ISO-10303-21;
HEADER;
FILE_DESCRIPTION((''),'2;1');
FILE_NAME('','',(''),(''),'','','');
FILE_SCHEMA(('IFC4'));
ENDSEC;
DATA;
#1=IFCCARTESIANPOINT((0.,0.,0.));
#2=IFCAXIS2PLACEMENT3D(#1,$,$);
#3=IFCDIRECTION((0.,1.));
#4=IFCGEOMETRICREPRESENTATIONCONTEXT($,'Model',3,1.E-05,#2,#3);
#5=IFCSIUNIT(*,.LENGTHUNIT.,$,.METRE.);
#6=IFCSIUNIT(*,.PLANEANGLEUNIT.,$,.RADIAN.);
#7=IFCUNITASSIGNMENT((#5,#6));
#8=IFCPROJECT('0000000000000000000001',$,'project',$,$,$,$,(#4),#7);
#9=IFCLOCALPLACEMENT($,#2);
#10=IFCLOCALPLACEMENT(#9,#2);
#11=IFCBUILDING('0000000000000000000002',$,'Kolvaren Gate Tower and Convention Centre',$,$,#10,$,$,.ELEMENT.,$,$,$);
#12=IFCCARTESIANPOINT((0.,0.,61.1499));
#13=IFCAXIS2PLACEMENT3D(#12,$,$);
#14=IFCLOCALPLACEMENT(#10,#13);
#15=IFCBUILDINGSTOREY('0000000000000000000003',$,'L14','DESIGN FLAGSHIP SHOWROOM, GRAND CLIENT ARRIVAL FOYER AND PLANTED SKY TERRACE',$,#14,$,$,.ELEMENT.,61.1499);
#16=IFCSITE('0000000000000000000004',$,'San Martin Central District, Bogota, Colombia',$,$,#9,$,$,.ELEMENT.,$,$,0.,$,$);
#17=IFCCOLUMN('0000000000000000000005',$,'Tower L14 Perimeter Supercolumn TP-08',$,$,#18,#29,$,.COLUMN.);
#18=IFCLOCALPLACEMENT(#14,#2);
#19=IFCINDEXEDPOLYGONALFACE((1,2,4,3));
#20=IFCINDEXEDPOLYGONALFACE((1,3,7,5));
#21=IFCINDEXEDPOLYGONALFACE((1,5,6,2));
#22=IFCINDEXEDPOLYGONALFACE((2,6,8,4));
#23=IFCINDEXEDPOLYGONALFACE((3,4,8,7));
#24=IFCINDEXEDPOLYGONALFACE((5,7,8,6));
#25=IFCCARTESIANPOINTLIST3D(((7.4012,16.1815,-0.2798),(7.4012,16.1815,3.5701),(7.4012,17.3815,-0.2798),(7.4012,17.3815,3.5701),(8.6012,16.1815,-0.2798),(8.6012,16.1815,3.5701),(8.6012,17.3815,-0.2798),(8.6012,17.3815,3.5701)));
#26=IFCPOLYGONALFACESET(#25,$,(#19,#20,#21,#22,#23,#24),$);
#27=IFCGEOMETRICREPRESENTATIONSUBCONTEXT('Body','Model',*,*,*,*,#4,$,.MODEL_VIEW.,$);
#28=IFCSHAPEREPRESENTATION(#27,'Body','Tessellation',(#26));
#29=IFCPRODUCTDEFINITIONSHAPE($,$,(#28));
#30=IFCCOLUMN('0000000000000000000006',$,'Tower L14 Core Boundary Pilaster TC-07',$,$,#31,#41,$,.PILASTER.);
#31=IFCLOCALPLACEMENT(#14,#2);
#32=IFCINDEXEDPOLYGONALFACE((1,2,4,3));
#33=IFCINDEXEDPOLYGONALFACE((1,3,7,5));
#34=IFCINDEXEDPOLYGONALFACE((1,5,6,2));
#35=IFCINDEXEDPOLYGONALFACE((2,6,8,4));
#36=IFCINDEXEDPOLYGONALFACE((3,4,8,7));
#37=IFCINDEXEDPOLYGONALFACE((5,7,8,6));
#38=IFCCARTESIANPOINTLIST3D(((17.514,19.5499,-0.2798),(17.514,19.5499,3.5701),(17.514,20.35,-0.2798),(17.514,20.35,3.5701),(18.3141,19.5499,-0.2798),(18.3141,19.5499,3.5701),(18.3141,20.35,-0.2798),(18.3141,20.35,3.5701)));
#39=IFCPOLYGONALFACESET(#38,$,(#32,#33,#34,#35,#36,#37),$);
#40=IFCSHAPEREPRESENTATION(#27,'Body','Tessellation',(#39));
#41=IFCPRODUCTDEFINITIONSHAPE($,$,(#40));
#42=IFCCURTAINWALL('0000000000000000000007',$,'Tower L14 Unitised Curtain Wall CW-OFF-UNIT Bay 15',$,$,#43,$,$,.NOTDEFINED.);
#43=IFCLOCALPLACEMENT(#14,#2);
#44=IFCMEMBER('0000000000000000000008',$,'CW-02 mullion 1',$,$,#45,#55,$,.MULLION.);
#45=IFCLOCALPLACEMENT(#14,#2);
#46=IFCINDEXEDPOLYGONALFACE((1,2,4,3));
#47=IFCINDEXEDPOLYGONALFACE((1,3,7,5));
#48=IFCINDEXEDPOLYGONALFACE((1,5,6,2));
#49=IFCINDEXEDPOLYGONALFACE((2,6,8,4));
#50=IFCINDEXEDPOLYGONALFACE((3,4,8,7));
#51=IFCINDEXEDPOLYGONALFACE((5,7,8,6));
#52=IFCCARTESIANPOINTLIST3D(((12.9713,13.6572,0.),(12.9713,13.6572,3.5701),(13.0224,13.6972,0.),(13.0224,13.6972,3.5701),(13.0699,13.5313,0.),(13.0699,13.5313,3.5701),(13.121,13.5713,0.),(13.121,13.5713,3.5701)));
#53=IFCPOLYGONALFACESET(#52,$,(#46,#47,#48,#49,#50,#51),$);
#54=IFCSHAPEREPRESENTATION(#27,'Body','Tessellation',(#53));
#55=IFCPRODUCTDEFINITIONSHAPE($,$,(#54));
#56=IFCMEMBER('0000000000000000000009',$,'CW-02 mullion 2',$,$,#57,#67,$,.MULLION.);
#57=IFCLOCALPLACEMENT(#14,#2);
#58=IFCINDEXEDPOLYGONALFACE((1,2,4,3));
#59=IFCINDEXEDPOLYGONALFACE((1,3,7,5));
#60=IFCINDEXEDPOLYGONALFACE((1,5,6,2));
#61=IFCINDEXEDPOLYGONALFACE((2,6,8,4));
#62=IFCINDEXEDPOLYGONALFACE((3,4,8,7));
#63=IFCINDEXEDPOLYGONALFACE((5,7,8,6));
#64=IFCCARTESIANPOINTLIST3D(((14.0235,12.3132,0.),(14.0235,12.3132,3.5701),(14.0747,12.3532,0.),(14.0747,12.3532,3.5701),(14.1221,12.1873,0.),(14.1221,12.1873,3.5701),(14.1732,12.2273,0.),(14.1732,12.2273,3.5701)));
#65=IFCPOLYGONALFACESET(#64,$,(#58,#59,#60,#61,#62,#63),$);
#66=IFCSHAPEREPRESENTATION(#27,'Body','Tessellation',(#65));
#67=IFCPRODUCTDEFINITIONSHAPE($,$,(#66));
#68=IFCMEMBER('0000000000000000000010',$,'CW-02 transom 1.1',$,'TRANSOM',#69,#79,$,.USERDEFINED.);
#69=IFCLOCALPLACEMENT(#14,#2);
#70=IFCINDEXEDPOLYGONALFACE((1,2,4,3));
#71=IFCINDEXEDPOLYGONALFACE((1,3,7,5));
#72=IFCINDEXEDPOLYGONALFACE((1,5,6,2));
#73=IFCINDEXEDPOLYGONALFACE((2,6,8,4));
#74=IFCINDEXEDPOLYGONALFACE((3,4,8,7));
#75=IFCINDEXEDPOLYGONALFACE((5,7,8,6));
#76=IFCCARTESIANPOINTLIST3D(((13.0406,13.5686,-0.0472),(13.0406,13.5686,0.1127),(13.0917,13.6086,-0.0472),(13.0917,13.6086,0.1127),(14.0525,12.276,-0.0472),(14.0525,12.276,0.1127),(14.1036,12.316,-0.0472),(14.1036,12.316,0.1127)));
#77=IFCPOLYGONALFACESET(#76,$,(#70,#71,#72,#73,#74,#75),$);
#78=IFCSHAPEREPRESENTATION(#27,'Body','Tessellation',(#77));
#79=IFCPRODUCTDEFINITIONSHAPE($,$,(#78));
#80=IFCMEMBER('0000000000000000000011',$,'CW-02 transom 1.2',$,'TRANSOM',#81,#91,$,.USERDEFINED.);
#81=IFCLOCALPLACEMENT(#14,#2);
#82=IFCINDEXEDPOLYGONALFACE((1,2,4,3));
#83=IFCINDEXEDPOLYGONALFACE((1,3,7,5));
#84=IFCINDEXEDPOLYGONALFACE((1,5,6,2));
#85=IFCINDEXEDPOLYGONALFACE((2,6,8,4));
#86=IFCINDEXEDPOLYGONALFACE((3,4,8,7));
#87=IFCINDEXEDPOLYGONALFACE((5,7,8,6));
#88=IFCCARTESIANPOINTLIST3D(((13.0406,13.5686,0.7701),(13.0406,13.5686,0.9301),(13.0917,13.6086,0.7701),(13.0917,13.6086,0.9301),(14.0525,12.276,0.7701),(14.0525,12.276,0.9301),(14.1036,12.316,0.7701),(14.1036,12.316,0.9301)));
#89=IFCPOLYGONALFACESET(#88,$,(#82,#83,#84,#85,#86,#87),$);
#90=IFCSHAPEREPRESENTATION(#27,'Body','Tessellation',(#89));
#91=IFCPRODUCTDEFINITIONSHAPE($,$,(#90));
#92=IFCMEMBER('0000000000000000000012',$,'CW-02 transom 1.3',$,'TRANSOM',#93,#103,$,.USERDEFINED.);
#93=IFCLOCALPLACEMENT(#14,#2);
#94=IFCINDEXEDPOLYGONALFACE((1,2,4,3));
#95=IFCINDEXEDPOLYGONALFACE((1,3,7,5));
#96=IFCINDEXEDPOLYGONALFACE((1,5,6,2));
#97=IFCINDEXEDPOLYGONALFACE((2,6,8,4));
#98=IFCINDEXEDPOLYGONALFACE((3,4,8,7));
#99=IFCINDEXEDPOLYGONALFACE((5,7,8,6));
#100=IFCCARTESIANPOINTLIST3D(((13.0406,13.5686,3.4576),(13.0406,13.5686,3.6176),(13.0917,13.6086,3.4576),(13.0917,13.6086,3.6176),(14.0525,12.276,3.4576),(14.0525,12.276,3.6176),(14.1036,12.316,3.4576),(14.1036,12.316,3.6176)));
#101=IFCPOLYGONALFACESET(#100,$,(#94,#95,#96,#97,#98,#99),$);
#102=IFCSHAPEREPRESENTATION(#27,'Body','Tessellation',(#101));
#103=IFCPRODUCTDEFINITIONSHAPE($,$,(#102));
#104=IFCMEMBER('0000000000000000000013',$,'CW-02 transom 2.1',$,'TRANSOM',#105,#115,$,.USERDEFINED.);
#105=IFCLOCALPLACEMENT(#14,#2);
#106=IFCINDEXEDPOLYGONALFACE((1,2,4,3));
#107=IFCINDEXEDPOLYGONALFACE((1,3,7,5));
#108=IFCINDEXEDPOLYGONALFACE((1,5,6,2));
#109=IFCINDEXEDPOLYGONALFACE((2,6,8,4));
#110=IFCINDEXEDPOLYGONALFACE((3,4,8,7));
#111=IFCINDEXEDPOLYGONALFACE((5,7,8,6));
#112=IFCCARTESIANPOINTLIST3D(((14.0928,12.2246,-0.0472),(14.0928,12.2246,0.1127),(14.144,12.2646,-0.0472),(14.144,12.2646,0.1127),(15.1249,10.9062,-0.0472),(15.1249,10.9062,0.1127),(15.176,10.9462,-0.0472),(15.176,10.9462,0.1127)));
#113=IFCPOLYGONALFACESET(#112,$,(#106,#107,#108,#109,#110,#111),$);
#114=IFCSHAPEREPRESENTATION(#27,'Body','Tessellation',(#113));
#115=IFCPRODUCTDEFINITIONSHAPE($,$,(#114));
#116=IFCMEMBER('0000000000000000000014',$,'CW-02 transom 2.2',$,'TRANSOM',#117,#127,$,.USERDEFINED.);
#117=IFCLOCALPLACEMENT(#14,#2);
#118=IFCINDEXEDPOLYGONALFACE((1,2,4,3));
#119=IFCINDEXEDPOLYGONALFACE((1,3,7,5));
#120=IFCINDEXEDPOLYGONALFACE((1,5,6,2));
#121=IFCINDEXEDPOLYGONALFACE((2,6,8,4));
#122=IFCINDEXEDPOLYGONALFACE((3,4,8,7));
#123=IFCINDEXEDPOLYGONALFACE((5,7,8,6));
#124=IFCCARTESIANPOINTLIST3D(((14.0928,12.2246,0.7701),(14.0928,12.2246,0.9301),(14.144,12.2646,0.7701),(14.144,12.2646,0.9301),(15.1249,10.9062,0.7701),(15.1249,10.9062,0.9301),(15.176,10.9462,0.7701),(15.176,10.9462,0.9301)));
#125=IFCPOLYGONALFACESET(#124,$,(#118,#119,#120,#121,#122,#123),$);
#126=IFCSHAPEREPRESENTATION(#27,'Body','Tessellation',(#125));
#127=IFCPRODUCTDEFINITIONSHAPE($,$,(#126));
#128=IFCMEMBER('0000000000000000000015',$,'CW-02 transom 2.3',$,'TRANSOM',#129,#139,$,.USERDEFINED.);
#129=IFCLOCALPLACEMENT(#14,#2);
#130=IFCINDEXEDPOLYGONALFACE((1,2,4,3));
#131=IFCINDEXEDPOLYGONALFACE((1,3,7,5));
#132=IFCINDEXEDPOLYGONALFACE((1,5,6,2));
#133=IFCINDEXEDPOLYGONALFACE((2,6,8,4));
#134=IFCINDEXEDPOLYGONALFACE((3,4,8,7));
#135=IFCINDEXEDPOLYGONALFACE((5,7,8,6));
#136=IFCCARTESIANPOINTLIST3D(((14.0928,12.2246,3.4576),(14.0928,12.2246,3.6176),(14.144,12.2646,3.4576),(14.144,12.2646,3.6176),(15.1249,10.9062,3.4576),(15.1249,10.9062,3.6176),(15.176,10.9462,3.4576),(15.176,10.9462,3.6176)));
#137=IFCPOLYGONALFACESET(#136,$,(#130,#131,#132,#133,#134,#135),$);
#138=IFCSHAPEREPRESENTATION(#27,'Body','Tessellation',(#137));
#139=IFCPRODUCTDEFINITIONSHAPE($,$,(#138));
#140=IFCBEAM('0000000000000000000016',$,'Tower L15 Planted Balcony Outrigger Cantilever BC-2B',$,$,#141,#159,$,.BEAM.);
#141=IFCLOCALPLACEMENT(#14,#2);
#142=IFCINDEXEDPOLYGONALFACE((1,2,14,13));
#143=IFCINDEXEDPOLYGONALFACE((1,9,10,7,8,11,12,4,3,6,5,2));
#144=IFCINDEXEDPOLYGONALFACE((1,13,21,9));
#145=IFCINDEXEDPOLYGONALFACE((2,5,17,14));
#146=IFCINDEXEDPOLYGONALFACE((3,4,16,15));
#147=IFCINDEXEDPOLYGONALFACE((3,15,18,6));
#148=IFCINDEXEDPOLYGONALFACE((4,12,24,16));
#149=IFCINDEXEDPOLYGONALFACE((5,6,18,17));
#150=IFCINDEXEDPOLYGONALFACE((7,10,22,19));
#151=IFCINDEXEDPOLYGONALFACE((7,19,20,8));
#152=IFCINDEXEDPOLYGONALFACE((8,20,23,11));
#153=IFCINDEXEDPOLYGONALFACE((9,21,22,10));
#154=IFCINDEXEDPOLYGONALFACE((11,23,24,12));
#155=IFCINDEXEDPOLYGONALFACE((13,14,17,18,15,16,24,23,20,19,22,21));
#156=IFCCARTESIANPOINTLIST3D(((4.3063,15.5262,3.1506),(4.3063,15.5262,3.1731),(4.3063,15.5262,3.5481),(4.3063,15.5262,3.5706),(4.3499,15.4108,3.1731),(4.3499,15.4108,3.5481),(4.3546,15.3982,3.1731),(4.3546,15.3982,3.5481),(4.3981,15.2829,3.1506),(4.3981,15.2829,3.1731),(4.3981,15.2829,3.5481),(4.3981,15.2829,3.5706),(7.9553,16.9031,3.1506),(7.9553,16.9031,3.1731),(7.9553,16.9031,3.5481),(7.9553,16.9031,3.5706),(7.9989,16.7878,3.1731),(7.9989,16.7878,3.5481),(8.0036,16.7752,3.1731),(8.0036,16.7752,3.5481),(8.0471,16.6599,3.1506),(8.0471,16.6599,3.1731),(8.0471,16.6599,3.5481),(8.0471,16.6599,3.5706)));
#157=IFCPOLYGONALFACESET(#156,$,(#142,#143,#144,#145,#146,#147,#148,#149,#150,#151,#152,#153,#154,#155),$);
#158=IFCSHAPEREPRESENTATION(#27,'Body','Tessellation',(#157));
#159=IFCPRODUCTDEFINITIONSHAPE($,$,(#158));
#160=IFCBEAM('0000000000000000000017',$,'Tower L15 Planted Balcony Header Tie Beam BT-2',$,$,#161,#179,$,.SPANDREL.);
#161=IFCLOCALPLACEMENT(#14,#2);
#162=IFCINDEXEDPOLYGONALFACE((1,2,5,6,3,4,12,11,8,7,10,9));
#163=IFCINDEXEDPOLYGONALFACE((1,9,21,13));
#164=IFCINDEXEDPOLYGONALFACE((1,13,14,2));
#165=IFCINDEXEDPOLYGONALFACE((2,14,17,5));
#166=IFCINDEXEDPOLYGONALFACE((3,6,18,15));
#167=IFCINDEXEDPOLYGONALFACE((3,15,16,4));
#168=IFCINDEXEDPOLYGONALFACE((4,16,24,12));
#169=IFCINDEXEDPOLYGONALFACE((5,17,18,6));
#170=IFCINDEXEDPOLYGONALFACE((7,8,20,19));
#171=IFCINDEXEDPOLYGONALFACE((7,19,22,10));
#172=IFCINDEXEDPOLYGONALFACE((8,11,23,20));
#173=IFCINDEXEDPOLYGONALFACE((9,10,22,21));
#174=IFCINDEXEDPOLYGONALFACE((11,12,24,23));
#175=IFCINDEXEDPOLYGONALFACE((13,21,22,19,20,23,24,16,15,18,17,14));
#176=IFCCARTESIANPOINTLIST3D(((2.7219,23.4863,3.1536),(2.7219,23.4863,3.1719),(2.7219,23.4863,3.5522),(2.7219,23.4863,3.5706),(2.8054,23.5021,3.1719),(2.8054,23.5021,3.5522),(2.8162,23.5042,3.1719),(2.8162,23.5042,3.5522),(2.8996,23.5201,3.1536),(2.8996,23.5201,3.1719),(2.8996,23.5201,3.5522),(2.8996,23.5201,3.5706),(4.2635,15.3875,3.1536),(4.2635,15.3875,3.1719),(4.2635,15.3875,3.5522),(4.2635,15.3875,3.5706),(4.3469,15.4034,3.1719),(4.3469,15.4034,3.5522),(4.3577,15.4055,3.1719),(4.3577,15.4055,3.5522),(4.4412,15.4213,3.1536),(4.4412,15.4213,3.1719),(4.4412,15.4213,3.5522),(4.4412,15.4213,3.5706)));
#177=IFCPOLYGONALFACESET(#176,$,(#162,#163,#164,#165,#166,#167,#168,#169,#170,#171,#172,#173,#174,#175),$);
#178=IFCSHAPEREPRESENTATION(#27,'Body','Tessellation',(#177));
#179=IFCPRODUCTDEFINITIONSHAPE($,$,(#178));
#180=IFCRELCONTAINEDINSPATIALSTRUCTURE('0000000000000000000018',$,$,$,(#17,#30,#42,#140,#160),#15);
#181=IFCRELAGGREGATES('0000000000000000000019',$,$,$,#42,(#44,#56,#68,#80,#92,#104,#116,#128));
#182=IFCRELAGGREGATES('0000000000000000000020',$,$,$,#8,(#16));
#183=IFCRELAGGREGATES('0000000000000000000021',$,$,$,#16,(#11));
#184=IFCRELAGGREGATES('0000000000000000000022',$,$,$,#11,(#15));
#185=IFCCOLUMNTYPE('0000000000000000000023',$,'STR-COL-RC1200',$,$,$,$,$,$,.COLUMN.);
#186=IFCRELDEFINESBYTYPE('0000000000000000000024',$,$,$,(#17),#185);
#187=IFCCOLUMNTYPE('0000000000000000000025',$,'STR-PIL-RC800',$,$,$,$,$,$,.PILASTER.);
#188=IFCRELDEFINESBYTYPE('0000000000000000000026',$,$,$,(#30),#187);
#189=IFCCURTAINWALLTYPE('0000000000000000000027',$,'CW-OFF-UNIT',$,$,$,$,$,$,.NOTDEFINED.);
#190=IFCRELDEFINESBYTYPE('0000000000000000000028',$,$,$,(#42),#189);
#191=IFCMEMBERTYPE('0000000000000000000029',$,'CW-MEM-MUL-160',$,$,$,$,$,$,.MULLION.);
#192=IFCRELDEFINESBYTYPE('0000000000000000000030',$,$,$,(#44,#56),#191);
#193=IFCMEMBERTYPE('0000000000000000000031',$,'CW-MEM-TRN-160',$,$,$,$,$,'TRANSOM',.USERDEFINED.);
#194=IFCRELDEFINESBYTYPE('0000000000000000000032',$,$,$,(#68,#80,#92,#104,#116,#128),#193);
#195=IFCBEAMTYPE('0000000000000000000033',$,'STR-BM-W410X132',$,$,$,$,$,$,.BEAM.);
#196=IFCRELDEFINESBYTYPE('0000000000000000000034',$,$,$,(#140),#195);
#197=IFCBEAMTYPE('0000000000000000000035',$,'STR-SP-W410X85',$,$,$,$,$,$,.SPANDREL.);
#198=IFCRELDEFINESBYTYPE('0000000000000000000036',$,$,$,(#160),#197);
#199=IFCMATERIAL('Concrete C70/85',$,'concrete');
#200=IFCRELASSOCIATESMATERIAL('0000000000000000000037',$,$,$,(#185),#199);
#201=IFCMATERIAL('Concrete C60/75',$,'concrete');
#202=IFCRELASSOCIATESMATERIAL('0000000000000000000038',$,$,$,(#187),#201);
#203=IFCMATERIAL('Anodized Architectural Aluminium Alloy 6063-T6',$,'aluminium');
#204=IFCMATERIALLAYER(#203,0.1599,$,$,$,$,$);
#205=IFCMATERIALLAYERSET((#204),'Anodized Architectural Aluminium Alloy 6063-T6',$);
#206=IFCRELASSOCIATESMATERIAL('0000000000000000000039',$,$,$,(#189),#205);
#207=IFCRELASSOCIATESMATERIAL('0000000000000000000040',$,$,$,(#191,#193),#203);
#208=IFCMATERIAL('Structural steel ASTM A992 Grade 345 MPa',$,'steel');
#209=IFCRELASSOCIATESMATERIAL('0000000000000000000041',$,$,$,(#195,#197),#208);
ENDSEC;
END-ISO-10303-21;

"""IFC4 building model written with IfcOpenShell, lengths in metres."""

from ifc_helpers import new_model, si_unit, direction, frame, origin, origin_2d, place, context, subcontext, project, spatial, rectangle, i_section, extrude, material, layer, layer_set, material_profile, profile_set, type_object, element, aggregate, save


model = new_model("IFC4")

# Units and contexts
model_context = context("Model", 3, precision=1e-05, world=origin(), true_north=direction((0.0, 1.0)))
body_context = subcontext(model_context, "Body", "Model", "MODEL_VIEW")
ifc_project = project(units=[si_unit("LENGTHUNIT", "METRE"), si_unit("PLANEANGLEUNIT", "RADIAN")], contexts=[model_context])

# Site, building, storey
site_placement = place(None, origin())
site = spatial("IfcSite", under=ifc_project, at=site_placement, Name="San Martin Central District, Bogota, Colombia", CompositionType="ELEMENT", RefElevation=0.0)
building_placement = place(site_placement, origin())
building = spatial("IfcBuilding", under=site, at=building_placement, Name="Kolvaren Gate Tower and Convention Centre", CompositionType="ELEMENT")
storey_placement = place(building_placement, frame((0.0, 0.0, 61.1499)))
storey = spatial("IfcBuildingStorey", under=building, at=storey_placement, Name="L14", Description="DESIGN FLAGSHIP SHOWROOM, GRAND CLIENT ARRIVAL FOYER AND PLANTED SKY TERRACE", CompositionType="ELEMENT", Elevation=61.1499)

# Columns
ifc_material_1 = material(Name="Concrete C70/85", Category="concrete")
ifc_material_profile_1 = material_profile(ifc_material_1, rectangle(XDim=1.2, YDim=1.2, at=origin_2d()), Name="RC-COL-1200X1200")
ifc_profile_set_1 = profile_set([ifc_material_profile_1], Name="Concrete C70/85")
column_type_1 = type_object("IfcColumnType", Name="STR-COL-RC1200", PredefinedType="COLUMN", material=ifc_profile_set_1)
column_1_placement = place(storey_placement, frame((8.0012, 16.7815, -0.2798), z_axis=(0.0, 0.0, 1.0), x_axis=(1.0, 0.0, 0.0)))
element("IfcColumn", 1, at=column_1_placement, inside=storey, type_object=column_type_1, Name="Tower L14 Perimeter Supercolumn TP-08", PredefinedType="COLUMN", context=body_context, shape_type="SweptSolid", body=[
    extrude(rectangle(XDim=1.2, YDim=1.2, at=origin_2d()), origin(), (0.0, 0.0, 1.0), 3.8499),
])
ifc_material_2 = material(Name="Concrete C60/75", Category="concrete")
ifc_material_profile_2 = material_profile(ifc_material_2, rectangle(XDim=0.8, YDim=0.8, at=origin_2d()), Name="RC-COL-800X800")
ifc_profile_set_2 = profile_set([ifc_material_profile_2], Name="Concrete C60/75")
column_type_2 = type_object("IfcColumnType", Name="STR-PIL-RC800", PredefinedType="PILASTER", material=ifc_profile_set_2)
column_2_placement = place(storey_placement, frame((17.9141, 19.95, -0.2798), z_axis=(0.0, 0.0, 1.0), x_axis=(1.0, 0.0, 0.0)))
element("IfcColumn", 2, at=column_2_placement, inside=storey, type_object=column_type_2, Name="Tower L14 Core Boundary Pilaster TC-07", PredefinedType="PILASTER", context=body_context, shape_type="SweptSolid", body=[
    extrude(rectangle(XDim=0.8, YDim=0.8, at=origin_2d()), origin(), (0.0, 0.0, 1.0), 3.8499),
])

# Curtain wall, members
ifc_material_3 = material(Name="Anodized Architectural Aluminium Alloy 6063-T6", Category="aluminium")
ifc_layer_1 = layer(ifc_material_3, 0.1599)
ifc_layer_set_1 = layer_set([ifc_layer_1], Name="Anodized Architectural Aluminium Alloy 6063-T6")
curtain_wall_type = type_object("IfcCurtainWallType", Name="CW-OFF-UNIT", PredefinedType="NOTDEFINED", material=ifc_layer_set_1)
curtain_wall_placement = place(storey_placement, origin())
curtain_wall = element("IfcCurtainWall", 3, at=curtain_wall_placement, inside=storey, type_object=curtain_wall_type, Name="Tower L14 Unitised Curtain Wall CW-OFF-UNIT Bay 15", PredefinedType="NOTDEFINED")
ifc_material_profile_3 = material_profile(ifc_material_3, rectangle(XDim=0.0649, YDim=0.1599, at=origin_2d()), Name="CW-MEM-MUL-160")
ifc_profile_set_3 = profile_set([ifc_material_profile_3], Name="Anodized Architectural Aluminium Alloy 6063-T6")
member_type_1 = type_object("IfcMemberType", Name="CW-MEM-MUL-160", PredefinedType="MULLION", material=ifc_profile_set_3)
member_1_placement = place(storey_placement, frame((13.0461, 13.6143, 0.0), z_axis=(0.0, 0.0, 1.0), x_axis=(0.787412, 0.616427, 0.0)))
member_1 = element("IfcMember", 4, at=member_1_placement, type_object=member_type_1, Name="CW-02 mullion 1", PredefinedType="MULLION", context=body_context, shape_type="SweptSolid", body=[
    extrude(rectangle(XDim=0.0649, YDim=0.1599, at=origin_2d()), origin(), (0.0, 0.0, 1.0), 3.5701),
])
member_2_placement = place(storey_placement, frame((14.0984, 12.2703, 0.0), z_axis=(0.0, 0.0, 1.0), x_axis=(0.787412, 0.616427, 0.0)))
member_2 = element("IfcMember", 5, at=member_2_placement, type_object=member_type_1, Name="CW-02 mullion 2", PredefinedType="MULLION", context=body_context, shape_type="SweptSolid", body=[
    extrude(rectangle(XDim=0.0649, YDim=0.1599, at=origin_2d()), origin(), (0.0, 0.0, 1.0), 3.5701),
])
ifc_material_profile_4 = material_profile(ifc_material_3, rectangle(XDim=0.0649, YDim=0.1599, at=origin_2d()), Name="CW-MEM-TRN-160")
ifc_profile_set_4 = profile_set([ifc_material_profile_4], Name="Anodized Architectural Aluminium Alloy 6063-T6")
member_type_2 = type_object("IfcMemberType", Name="CW-MEM-TRN-160", ElementType="TRANSOM", PredefinedType="USERDEFINED", material=ifc_profile_set_4)
member_3_placement = place(storey_placement, frame((13.0662, 13.5886, 0.0327), z_axis=(0.616409, -0.787427, 0.0), x_axis=(0.787427, 0.616409, 0.0)))
member_3 = element("IfcMember", 6, at=member_3_placement, type_object=member_type_2, Name="CW-02 transom 1.1", ObjectType="TRANSOM", PredefinedType="USERDEFINED", context=body_context, shape_type="SweptSolid", body=[
    extrude(rectangle(XDim=0.0649, YDim=0.1599, at=origin_2d()), origin(), (0.0, 0.0, 1.0), 1.6416),
])
member_4_placement = place(storey_placement, frame((13.0662, 13.5886, 0.8501), z_axis=(0.616409, -0.787427, 0.0), x_axis=(0.787427, 0.616409, 0.0)))
member_4 = element("IfcMember", 7, at=member_4_placement, type_object=member_type_2, Name="CW-02 transom 1.2", ObjectType="TRANSOM", PredefinedType="USERDEFINED", context=body_context, shape_type="SweptSolid", body=[
    extrude(rectangle(XDim=0.0649, YDim=0.1599, at=origin_2d()), origin(), (0.0, 0.0, 1.0), 1.6416),
])
member_5_placement = place(storey_placement, frame((13.0662, 13.5886, 3.5376), z_axis=(0.616409, -0.787427, 0.0), x_axis=(0.787427, 0.616409, 0.0)))
member_5 = element("IfcMember", 8, at=member_5_placement, type_object=member_type_2, Name="CW-02 transom 1.3", ObjectType="TRANSOM", PredefinedType="USERDEFINED", context=body_context, shape_type="SweptSolid", body=[
    extrude(rectangle(XDim=0.0649, YDim=0.1599, at=origin_2d()), origin(), (0.0, 0.0, 1.0), 1.6416),
])
member_6_placement = place(storey_placement, frame((14.1184, 12.2446, 0.0327), z_axis=(0.616391, -0.78744, 0.0), x_axis=(0.78744, 0.616391, 0.0)))
member_6 = element("IfcMember", 9, at=member_6_placement, type_object=member_type_2, Name="CW-02 transom 2.1", ObjectType="TRANSOM", PredefinedType="USERDEFINED", context=body_context, shape_type="SweptSolid", body=[
    extrude(rectangle(XDim=0.0649, YDim=0.1599, at=origin_2d()), origin(), (0.0, 0.0, 1.0), 1.6743),
])
member_7_placement = place(storey_placement, frame((14.1184, 12.2446, 0.8501), z_axis=(0.616391, -0.78744, 0.0), x_axis=(0.78744, 0.616391, 0.0)))
member_7 = element("IfcMember", 10, at=member_7_placement, type_object=member_type_2, Name="CW-02 transom 2.2", ObjectType="TRANSOM", PredefinedType="USERDEFINED", context=body_context, shape_type="SweptSolid", body=[
    extrude(rectangle(XDim=0.0649, YDim=0.1599, at=origin_2d()), origin(), (0.0, 0.0, 1.0), 1.6743),
])
member_8_placement = place(storey_placement, frame((14.1184, 12.2446, 3.5376), z_axis=(0.616391, -0.78744, 0.0), x_axis=(0.78744, 0.616391, 0.0)))
member_8 = element("IfcMember", 11, at=member_8_placement, type_object=member_type_2, Name="CW-02 transom 2.3", ObjectType="TRANSOM", PredefinedType="USERDEFINED", context=body_context, shape_type="SweptSolid", body=[
    extrude(rectangle(XDim=0.0649, YDim=0.1599, at=origin_2d()), origin(), (0.0, 0.0, 1.0), 1.6743),
])

# Beams
ifc_material_4 = material(Name="Structural steel ASTM A992 Grade 345 MPa", Category="steel")
ifc_material_profile_5 = material_profile(ifc_material_4, i_section(OverallWidth=0.26, OverallDepth=0.4199, WebThickness=0.0134, FlangeThickness=0.0225, at=origin_2d()), Name="W410X132")
ifc_profile_set_5 = profile_set([ifc_material_profile_5], Name="Structural steel ASTM A992 Grade 345 MPa")
beam_type_1 = type_object("IfcBeamType", Name="STR-BM-W410X132", PredefinedType="BEAM", material=ifc_profile_set_5)
beam_1_placement = place(storey_placement, frame((8.0012, 16.7815, 3.3606), z_axis=(-0.935602, -0.353057, 0.0), x_axis=(0.353057, -0.935602, 0.0)))
element("IfcBeam", 12, at=beam_1_placement, inside=storey, type_object=beam_type_1, Name="Tower L15 Planted Balcony Outrigger Cantilever BC-2B", PredefinedType="BEAM", context=body_context, shape_type="SweptSolid", body=[
    extrude(i_section(OverallWidth=0.26, OverallDepth=0.4199, WebThickness=0.0134, FlangeThickness=0.0225, at=origin_2d()), origin(), (0.0, 0.0, 1.0), 3.9001),
])
ifc_material_profile_6 = material_profile(ifc_material_4, i_section(OverallWidth=0.1809, OverallDepth=0.417, WebThickness=0.011, FlangeThickness=0.0183, at=origin_2d()), Name="W410X85")
ifc_profile_set_6 = profile_set([ifc_material_profile_6], Name="Structural steel ASTM A992 Grade 345 MPa")
beam_type_2 = type_object("IfcBeamType", Name="STR-SP-W410X85", PredefinedType="SPANDREL", material=ifc_profile_set_6)
beam_2_placement = place(storey_placement, frame((2.8108, 23.5032, 3.3621), z_axis=(0.186984, -0.982363, 0.0), x_axis=(0.982363, 0.186984, 0.0)))
element("IfcBeam", 13, at=beam_2_placement, inside=storey, type_object=beam_type_2, Name="Tower L15 Planted Balcony Header Tie Beam BT-2", PredefinedType="SPANDREL", context=body_context, shape_type="SweptSolid", body=[
    extrude(i_section(OverallWidth=0.1809, OverallDepth=0.417, WebThickness=0.011, FlangeThickness=0.0183, at=origin_2d()), origin(), (0.0, 0.0, 1.0), 8.2441),
])

aggregate(curtain_wall, [member_1, member_2, member_3, member_4, member_5, member_6, member_7, member_8])

save(model, "model.ifc")
